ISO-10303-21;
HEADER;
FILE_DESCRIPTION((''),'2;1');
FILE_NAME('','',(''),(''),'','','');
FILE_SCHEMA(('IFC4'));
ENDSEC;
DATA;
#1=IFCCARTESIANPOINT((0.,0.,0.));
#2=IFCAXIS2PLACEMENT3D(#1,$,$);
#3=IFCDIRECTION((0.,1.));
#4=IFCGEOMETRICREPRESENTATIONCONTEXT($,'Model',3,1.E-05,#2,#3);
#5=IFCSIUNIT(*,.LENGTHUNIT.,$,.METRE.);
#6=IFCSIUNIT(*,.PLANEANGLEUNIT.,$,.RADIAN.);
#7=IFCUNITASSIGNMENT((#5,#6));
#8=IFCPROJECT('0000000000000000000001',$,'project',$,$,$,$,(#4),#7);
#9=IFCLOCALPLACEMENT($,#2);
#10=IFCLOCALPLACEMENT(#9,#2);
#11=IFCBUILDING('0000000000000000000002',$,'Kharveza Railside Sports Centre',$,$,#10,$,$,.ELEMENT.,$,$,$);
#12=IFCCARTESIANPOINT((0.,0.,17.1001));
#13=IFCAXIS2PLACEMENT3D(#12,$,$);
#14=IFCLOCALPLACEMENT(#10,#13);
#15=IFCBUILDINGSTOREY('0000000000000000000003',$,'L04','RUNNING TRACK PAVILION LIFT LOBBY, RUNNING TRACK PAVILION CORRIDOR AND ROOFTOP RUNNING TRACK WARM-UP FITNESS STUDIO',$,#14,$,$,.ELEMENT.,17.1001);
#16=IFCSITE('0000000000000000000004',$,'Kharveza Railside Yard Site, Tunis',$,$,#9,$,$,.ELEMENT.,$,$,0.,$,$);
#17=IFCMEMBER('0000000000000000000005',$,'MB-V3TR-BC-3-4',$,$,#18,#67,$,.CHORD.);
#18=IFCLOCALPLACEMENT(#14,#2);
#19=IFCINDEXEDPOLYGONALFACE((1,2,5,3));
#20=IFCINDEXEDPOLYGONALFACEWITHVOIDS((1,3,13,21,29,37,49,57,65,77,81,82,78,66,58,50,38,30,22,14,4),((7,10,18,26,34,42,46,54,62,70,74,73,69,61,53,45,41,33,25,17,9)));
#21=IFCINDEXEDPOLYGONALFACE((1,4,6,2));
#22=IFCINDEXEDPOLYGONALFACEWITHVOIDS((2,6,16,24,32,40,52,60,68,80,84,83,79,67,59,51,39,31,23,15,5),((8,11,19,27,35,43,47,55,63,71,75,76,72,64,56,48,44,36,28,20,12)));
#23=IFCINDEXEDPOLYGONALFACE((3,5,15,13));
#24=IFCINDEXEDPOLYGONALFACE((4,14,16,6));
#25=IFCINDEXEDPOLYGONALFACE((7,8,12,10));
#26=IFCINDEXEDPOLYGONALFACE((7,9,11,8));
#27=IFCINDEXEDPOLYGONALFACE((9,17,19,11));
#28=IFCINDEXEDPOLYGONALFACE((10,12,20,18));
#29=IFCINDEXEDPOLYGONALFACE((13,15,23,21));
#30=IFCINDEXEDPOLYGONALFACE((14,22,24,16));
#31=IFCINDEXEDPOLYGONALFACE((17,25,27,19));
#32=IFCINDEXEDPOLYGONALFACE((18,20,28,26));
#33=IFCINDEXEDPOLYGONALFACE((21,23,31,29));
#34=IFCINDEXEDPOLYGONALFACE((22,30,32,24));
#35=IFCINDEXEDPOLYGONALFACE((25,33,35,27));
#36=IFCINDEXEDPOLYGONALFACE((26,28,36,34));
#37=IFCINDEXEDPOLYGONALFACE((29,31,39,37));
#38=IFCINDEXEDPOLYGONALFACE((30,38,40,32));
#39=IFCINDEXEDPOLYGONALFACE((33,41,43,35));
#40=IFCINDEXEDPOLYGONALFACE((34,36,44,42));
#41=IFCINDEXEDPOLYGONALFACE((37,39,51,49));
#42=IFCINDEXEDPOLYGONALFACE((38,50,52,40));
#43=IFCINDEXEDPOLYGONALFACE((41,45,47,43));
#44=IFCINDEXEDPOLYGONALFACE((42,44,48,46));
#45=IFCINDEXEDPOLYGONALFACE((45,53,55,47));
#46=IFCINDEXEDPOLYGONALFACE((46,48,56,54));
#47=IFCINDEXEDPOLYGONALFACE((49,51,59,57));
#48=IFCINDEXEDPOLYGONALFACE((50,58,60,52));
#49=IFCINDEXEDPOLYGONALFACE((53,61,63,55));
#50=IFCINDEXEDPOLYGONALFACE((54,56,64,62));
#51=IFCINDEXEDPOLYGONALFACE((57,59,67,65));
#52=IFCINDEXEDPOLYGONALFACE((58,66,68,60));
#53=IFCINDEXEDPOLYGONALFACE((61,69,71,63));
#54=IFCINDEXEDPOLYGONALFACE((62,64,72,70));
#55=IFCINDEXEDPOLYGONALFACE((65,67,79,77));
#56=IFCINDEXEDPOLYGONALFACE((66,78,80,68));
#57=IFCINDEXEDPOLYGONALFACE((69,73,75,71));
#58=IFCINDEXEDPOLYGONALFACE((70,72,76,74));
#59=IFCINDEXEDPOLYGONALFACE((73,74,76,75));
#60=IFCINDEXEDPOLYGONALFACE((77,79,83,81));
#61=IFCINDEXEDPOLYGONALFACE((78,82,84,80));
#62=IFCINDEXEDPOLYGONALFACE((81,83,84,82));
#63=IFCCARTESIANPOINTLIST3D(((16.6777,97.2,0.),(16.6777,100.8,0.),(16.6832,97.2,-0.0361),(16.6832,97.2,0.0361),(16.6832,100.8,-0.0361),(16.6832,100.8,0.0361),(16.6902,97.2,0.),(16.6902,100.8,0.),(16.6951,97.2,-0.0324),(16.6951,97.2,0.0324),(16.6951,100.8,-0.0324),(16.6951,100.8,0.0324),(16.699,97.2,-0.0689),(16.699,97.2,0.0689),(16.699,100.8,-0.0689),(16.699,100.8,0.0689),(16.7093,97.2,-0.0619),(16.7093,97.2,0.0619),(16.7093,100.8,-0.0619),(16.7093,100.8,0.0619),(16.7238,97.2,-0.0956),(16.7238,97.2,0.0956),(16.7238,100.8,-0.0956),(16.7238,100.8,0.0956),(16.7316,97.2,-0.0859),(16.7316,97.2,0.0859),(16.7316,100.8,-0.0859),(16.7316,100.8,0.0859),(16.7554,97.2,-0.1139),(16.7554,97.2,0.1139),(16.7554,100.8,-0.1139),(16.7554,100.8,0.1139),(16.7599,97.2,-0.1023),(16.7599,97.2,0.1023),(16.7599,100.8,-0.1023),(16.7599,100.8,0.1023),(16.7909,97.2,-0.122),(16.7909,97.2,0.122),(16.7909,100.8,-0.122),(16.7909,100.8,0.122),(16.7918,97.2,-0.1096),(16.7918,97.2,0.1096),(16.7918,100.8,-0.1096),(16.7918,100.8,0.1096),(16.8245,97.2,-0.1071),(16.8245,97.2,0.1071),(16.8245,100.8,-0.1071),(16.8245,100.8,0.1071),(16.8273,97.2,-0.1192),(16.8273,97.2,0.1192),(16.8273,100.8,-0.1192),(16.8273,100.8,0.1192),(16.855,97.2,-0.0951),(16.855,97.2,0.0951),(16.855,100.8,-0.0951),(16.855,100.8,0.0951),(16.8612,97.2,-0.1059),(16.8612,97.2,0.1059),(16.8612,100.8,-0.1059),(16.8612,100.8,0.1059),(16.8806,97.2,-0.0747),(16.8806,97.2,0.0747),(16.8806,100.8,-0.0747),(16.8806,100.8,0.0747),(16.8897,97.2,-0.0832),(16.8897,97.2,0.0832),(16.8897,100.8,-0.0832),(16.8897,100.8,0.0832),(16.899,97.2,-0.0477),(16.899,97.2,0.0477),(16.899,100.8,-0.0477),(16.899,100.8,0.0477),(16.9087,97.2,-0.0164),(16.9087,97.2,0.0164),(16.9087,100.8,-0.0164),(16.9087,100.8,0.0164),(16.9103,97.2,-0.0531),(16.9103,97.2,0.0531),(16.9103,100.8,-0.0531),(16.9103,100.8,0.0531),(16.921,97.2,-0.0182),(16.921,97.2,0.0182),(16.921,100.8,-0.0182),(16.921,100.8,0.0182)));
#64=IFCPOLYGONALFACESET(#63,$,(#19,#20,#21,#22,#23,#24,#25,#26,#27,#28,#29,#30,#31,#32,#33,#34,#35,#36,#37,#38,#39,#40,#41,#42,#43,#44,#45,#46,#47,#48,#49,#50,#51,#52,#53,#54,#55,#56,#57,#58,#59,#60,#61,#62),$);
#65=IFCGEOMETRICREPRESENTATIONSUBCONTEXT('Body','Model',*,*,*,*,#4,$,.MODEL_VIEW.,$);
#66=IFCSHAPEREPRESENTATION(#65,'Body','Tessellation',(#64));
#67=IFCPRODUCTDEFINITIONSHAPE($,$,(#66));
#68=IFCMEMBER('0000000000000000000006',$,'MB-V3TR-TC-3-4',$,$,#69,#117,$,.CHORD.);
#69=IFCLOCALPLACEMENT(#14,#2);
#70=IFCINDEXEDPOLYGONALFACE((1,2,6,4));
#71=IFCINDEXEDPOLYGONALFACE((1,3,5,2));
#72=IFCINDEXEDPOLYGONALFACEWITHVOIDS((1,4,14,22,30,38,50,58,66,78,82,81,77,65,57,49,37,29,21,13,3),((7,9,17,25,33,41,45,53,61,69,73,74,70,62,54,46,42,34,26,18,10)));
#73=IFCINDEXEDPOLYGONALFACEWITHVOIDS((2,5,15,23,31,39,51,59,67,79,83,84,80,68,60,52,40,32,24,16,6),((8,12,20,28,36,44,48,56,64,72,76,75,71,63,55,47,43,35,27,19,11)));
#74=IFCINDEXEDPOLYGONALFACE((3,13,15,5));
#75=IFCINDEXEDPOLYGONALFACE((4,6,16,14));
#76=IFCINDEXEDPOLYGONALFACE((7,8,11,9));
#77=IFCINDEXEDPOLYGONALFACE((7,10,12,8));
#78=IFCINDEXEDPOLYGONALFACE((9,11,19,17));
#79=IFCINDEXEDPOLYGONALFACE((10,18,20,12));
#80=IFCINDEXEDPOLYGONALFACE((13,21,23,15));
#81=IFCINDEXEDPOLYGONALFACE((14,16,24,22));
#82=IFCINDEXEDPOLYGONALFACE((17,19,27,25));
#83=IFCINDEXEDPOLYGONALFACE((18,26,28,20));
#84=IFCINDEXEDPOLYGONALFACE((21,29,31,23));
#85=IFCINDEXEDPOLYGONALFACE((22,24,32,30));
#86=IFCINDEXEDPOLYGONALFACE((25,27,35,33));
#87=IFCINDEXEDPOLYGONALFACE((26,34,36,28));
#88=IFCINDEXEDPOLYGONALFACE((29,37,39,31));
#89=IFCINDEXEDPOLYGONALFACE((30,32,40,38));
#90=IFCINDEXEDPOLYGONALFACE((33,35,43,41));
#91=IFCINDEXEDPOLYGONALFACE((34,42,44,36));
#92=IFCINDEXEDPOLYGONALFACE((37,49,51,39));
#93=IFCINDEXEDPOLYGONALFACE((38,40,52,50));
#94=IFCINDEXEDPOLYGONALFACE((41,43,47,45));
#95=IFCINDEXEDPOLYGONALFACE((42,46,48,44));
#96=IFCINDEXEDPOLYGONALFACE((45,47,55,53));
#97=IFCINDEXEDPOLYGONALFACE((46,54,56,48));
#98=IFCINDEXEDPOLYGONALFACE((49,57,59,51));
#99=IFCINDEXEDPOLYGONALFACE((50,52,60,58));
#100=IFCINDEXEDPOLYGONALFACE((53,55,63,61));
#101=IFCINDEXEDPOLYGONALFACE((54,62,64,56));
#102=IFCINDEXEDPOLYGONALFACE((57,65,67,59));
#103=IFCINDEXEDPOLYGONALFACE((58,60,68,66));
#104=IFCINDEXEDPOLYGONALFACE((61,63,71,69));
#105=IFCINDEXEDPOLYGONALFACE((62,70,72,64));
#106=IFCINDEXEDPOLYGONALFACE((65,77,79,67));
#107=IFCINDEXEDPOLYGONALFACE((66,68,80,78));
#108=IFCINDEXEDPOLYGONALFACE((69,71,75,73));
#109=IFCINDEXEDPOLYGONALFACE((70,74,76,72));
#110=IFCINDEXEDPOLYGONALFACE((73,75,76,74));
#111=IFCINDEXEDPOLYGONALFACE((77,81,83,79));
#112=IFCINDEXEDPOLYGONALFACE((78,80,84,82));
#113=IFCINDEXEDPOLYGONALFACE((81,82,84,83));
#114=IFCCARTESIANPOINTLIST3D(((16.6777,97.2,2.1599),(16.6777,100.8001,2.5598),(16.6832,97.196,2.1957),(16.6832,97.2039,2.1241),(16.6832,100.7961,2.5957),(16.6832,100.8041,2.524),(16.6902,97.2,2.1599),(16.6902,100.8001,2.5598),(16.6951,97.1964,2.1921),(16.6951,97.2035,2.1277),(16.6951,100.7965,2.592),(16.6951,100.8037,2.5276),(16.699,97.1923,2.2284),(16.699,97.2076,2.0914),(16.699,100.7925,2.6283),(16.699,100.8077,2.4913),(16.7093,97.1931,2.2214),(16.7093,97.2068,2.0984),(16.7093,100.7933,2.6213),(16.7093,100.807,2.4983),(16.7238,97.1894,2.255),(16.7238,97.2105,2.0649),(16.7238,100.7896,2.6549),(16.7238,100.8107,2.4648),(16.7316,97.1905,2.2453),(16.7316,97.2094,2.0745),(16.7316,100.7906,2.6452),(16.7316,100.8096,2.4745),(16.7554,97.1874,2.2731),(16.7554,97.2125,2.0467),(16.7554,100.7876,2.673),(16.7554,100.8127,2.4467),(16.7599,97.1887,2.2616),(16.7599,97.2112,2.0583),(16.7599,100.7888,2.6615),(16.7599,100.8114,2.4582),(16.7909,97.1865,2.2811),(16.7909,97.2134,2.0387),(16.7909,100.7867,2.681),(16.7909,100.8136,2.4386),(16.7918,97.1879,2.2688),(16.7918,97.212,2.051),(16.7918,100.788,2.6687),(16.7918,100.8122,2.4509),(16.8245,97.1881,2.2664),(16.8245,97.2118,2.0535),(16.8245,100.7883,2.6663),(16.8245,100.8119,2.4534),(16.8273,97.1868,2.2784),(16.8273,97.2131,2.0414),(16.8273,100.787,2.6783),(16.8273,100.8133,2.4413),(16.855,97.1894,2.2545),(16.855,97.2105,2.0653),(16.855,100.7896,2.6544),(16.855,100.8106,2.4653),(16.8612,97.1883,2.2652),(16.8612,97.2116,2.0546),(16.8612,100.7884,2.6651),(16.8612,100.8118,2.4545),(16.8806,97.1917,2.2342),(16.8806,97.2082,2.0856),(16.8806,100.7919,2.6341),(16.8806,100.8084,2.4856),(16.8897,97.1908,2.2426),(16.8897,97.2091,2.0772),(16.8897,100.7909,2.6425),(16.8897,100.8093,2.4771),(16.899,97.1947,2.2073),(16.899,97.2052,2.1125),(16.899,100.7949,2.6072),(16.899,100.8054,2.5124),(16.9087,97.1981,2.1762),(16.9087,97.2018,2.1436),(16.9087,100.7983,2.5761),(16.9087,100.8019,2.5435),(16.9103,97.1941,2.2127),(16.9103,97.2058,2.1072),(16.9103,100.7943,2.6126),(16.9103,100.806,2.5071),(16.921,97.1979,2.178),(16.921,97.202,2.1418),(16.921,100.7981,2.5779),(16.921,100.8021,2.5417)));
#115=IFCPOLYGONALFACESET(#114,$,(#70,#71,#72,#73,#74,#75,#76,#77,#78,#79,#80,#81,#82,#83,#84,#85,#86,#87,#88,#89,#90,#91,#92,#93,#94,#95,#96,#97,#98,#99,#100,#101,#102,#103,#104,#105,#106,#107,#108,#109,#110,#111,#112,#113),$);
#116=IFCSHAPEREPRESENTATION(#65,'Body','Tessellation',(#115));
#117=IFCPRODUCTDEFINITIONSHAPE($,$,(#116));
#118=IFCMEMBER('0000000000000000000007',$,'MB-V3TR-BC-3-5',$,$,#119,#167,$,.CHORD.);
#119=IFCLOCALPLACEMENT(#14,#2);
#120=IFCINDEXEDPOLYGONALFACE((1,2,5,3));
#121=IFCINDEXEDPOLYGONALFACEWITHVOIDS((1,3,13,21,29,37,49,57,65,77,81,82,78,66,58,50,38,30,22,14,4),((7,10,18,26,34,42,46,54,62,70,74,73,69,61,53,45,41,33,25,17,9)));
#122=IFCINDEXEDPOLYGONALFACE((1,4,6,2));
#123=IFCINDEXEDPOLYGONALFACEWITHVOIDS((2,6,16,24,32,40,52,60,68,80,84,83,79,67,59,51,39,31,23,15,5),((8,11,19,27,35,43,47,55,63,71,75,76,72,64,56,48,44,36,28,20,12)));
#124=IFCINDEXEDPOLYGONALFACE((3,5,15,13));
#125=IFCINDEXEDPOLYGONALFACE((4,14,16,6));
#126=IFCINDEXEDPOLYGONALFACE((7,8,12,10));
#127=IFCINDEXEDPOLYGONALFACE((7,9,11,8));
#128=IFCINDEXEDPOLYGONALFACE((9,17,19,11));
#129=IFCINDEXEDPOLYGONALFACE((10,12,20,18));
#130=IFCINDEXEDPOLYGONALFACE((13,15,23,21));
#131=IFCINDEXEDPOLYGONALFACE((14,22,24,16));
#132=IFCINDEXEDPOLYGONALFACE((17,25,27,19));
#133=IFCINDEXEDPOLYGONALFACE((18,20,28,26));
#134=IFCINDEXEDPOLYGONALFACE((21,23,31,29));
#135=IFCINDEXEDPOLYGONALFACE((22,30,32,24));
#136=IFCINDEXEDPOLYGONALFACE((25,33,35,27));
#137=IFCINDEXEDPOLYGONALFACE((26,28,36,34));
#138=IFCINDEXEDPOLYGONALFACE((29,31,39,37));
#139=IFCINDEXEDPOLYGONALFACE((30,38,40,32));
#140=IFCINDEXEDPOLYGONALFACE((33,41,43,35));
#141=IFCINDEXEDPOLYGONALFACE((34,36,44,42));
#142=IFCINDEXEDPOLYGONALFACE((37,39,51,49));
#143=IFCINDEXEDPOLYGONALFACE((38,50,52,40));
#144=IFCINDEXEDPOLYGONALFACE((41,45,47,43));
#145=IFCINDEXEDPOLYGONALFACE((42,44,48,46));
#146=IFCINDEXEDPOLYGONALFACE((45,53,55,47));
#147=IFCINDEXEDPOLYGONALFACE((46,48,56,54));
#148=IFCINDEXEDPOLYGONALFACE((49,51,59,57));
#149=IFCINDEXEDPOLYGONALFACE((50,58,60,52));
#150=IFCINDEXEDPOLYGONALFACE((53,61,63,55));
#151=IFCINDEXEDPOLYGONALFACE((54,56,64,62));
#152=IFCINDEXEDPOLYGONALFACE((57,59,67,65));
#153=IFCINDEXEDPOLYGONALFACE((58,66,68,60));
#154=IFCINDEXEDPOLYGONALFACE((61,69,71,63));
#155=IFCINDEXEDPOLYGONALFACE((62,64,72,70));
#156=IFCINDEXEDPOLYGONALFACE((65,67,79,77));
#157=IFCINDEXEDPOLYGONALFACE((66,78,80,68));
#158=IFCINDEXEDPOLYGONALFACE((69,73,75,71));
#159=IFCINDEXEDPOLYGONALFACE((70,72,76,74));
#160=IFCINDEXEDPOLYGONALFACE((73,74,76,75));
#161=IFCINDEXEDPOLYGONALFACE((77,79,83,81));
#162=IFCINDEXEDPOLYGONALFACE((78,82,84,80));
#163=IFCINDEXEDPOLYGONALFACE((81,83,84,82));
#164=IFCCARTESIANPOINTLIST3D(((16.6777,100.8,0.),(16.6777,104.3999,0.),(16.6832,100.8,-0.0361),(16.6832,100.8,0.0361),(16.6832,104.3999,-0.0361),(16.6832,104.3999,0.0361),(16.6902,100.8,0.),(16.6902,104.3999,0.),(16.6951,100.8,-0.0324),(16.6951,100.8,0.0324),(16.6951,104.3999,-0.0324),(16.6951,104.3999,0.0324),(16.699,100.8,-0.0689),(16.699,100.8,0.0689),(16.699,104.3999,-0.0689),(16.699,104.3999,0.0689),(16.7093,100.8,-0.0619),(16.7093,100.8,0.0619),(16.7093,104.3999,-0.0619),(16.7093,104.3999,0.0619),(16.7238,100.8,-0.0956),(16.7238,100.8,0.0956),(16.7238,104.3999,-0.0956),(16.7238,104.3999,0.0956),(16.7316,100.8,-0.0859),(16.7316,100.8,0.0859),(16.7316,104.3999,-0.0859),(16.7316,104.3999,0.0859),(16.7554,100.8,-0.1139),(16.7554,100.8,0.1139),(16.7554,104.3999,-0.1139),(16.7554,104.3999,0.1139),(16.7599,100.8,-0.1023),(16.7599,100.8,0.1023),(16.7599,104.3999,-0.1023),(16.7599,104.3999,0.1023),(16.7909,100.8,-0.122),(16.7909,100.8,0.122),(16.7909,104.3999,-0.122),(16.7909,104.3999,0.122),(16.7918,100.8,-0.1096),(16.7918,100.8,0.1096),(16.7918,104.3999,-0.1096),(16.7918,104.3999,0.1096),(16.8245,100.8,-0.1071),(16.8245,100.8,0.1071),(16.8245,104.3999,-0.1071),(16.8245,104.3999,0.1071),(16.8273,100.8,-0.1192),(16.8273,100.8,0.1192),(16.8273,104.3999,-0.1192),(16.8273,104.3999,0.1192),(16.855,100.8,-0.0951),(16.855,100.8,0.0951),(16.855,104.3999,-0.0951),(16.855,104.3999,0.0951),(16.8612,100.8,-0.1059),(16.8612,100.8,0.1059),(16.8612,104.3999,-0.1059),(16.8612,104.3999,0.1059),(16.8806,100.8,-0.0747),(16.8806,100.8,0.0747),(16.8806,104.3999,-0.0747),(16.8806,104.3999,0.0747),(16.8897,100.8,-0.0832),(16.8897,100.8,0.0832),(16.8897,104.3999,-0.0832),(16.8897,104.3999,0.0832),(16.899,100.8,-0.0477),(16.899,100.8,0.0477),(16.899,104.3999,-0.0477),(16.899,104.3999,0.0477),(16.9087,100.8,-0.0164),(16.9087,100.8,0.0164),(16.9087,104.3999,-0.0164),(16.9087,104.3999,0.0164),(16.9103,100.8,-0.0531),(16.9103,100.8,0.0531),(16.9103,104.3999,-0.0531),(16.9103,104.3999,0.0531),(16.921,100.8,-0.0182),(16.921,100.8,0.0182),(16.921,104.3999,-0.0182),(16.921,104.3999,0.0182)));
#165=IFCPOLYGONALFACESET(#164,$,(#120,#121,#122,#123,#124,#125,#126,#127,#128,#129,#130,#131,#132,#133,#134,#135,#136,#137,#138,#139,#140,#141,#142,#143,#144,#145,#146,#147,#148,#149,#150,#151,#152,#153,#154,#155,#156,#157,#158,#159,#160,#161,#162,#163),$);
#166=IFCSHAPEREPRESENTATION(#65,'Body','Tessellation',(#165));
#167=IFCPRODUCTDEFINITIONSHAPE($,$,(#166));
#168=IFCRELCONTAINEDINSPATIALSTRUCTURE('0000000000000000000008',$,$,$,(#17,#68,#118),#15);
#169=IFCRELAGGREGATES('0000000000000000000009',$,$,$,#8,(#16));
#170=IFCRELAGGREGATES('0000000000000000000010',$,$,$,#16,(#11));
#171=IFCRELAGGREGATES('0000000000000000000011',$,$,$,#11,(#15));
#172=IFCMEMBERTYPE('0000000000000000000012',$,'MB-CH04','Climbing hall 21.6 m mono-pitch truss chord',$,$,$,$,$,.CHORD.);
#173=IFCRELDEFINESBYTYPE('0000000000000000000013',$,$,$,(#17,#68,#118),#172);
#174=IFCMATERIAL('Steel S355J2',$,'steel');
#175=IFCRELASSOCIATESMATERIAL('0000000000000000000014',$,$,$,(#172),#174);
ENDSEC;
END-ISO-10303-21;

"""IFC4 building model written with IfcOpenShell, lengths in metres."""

from ifc_helpers import new_model, si_unit, direction, frame, origin, origin_2d, place, context, subcontext, project, spatial, hollow_circle, extrude, material, material_profile, profile_set, type_object, element, save


model = new_model("IFC4")

# Units and contexts
model_context = context("Model", 3, precision=1e-05, world=origin(), true_north=direction((0.0, 1.0)))
body_context = subcontext(model_context, "Body", "Model", "MODEL_VIEW")
ifc_project = project(units=[si_unit("LENGTHUNIT", "METRE"), si_unit("PLANEANGLEUNIT", "RADIAN")], contexts=[model_context])

# Site, building, storey
site_placement = place(None, origin())
site = spatial("IfcSite", under=ifc_project, at=site_placement, Name="Kharveza Railside Yard Site, Tunis", CompositionType="ELEMENT", RefElevation=0.0)
building_placement = place(site_placement, origin())
building = spatial("IfcBuilding", under=site, at=building_placement, Name="Kharveza Railside Sports Centre", CompositionType="ELEMENT")
storey_placement = place(building_placement, frame((0.0, 0.0, 17.1001)))
storey = spatial("IfcBuildingStorey", under=building, at=storey_placement, Name="L04", Description="RUNNING TRACK PAVILION LIFT LOBBY, RUNNING TRACK PAVILION CORRIDOR AND ROOFTOP RUNNING TRACK WARM-UP FITNESS STUDIO", CompositionType="ELEMENT", Elevation=17.1001)

# Members
ifc_material_1 = material(Name="Steel S355J2", Category="steel")
ifc_material_profile_1 = material_profile(ifc_material_1, hollow_circle(Radius=0.1223, WallThickness=0.0125, at=origin_2d()), Name="CHS 244.5x12.5")
ifc_profile_set_1 = profile_set([ifc_material_profile_1], Name="Steel S355J2")
member_type_1 = type_object("IfcMemberType", Name="MB-CH04", Description="Climbing hall 21.6 m mono-pitch truss chord", PredefinedType="CHORD", material=ifc_profile_set_1)
member_1_placement = place(storey_placement, frame((16.8, 97.2, 0.0), z_axis=(0.0, 1.0, 0.0), x_axis=(-1.0, 0.0, 0.0)))
element("IfcMember", 1, at=member_1_placement, inside=storey, type_object=member_type_1, Name="MB-V3TR-BC-3-4", PredefinedType="CHORD", context=body_context, shape_type="SweptSolid", body=[
    extrude(hollow_circle(Radius=0.1223, WallThickness=0.0125, at=origin_2d()), origin(), (0.0, 0.0, 1.0), 3.6001),
])
member_2_placement = place(storey_placement, frame((16.8, 97.2, 2.1599), z_axis=(0.0, 0.993887, 0.110402), x_axis=(-1.0, 0.0, 0.0)))
element("IfcMember", 2, at=member_2_placement, inside=storey, type_object=member_type_1, Name="MB-V3TR-TC-3-4", PredefinedType="CHORD", context=body_context, shape_type="SweptSolid", body=[
    extrude(hollow_circle(Radius=0.1223, WallThickness=0.0125, at=origin_2d()), origin(), (0.0, 0.0, 1.0), 3.6223),
])
member_3_placement = place(storey_placement, frame((16.8, 100.8, 0.0), z_axis=(0.0, 1.0, 0.0), x_axis=(-1.0, 0.0, 0.0)))
element("IfcMember", 3, at=member_3_placement, inside=storey, type_object=member_type_1, Name="MB-V3TR-BC-3-5", PredefinedType="CHORD", context=body_context, shape_type="SweptSolid", body=[
    extrude(hollow_circle(Radius=0.1223, WallThickness=0.0125, at=origin_2d()), origin(), (0.0, 0.0, 1.0), 3.5999),
])

save(model, "model.ifc")
